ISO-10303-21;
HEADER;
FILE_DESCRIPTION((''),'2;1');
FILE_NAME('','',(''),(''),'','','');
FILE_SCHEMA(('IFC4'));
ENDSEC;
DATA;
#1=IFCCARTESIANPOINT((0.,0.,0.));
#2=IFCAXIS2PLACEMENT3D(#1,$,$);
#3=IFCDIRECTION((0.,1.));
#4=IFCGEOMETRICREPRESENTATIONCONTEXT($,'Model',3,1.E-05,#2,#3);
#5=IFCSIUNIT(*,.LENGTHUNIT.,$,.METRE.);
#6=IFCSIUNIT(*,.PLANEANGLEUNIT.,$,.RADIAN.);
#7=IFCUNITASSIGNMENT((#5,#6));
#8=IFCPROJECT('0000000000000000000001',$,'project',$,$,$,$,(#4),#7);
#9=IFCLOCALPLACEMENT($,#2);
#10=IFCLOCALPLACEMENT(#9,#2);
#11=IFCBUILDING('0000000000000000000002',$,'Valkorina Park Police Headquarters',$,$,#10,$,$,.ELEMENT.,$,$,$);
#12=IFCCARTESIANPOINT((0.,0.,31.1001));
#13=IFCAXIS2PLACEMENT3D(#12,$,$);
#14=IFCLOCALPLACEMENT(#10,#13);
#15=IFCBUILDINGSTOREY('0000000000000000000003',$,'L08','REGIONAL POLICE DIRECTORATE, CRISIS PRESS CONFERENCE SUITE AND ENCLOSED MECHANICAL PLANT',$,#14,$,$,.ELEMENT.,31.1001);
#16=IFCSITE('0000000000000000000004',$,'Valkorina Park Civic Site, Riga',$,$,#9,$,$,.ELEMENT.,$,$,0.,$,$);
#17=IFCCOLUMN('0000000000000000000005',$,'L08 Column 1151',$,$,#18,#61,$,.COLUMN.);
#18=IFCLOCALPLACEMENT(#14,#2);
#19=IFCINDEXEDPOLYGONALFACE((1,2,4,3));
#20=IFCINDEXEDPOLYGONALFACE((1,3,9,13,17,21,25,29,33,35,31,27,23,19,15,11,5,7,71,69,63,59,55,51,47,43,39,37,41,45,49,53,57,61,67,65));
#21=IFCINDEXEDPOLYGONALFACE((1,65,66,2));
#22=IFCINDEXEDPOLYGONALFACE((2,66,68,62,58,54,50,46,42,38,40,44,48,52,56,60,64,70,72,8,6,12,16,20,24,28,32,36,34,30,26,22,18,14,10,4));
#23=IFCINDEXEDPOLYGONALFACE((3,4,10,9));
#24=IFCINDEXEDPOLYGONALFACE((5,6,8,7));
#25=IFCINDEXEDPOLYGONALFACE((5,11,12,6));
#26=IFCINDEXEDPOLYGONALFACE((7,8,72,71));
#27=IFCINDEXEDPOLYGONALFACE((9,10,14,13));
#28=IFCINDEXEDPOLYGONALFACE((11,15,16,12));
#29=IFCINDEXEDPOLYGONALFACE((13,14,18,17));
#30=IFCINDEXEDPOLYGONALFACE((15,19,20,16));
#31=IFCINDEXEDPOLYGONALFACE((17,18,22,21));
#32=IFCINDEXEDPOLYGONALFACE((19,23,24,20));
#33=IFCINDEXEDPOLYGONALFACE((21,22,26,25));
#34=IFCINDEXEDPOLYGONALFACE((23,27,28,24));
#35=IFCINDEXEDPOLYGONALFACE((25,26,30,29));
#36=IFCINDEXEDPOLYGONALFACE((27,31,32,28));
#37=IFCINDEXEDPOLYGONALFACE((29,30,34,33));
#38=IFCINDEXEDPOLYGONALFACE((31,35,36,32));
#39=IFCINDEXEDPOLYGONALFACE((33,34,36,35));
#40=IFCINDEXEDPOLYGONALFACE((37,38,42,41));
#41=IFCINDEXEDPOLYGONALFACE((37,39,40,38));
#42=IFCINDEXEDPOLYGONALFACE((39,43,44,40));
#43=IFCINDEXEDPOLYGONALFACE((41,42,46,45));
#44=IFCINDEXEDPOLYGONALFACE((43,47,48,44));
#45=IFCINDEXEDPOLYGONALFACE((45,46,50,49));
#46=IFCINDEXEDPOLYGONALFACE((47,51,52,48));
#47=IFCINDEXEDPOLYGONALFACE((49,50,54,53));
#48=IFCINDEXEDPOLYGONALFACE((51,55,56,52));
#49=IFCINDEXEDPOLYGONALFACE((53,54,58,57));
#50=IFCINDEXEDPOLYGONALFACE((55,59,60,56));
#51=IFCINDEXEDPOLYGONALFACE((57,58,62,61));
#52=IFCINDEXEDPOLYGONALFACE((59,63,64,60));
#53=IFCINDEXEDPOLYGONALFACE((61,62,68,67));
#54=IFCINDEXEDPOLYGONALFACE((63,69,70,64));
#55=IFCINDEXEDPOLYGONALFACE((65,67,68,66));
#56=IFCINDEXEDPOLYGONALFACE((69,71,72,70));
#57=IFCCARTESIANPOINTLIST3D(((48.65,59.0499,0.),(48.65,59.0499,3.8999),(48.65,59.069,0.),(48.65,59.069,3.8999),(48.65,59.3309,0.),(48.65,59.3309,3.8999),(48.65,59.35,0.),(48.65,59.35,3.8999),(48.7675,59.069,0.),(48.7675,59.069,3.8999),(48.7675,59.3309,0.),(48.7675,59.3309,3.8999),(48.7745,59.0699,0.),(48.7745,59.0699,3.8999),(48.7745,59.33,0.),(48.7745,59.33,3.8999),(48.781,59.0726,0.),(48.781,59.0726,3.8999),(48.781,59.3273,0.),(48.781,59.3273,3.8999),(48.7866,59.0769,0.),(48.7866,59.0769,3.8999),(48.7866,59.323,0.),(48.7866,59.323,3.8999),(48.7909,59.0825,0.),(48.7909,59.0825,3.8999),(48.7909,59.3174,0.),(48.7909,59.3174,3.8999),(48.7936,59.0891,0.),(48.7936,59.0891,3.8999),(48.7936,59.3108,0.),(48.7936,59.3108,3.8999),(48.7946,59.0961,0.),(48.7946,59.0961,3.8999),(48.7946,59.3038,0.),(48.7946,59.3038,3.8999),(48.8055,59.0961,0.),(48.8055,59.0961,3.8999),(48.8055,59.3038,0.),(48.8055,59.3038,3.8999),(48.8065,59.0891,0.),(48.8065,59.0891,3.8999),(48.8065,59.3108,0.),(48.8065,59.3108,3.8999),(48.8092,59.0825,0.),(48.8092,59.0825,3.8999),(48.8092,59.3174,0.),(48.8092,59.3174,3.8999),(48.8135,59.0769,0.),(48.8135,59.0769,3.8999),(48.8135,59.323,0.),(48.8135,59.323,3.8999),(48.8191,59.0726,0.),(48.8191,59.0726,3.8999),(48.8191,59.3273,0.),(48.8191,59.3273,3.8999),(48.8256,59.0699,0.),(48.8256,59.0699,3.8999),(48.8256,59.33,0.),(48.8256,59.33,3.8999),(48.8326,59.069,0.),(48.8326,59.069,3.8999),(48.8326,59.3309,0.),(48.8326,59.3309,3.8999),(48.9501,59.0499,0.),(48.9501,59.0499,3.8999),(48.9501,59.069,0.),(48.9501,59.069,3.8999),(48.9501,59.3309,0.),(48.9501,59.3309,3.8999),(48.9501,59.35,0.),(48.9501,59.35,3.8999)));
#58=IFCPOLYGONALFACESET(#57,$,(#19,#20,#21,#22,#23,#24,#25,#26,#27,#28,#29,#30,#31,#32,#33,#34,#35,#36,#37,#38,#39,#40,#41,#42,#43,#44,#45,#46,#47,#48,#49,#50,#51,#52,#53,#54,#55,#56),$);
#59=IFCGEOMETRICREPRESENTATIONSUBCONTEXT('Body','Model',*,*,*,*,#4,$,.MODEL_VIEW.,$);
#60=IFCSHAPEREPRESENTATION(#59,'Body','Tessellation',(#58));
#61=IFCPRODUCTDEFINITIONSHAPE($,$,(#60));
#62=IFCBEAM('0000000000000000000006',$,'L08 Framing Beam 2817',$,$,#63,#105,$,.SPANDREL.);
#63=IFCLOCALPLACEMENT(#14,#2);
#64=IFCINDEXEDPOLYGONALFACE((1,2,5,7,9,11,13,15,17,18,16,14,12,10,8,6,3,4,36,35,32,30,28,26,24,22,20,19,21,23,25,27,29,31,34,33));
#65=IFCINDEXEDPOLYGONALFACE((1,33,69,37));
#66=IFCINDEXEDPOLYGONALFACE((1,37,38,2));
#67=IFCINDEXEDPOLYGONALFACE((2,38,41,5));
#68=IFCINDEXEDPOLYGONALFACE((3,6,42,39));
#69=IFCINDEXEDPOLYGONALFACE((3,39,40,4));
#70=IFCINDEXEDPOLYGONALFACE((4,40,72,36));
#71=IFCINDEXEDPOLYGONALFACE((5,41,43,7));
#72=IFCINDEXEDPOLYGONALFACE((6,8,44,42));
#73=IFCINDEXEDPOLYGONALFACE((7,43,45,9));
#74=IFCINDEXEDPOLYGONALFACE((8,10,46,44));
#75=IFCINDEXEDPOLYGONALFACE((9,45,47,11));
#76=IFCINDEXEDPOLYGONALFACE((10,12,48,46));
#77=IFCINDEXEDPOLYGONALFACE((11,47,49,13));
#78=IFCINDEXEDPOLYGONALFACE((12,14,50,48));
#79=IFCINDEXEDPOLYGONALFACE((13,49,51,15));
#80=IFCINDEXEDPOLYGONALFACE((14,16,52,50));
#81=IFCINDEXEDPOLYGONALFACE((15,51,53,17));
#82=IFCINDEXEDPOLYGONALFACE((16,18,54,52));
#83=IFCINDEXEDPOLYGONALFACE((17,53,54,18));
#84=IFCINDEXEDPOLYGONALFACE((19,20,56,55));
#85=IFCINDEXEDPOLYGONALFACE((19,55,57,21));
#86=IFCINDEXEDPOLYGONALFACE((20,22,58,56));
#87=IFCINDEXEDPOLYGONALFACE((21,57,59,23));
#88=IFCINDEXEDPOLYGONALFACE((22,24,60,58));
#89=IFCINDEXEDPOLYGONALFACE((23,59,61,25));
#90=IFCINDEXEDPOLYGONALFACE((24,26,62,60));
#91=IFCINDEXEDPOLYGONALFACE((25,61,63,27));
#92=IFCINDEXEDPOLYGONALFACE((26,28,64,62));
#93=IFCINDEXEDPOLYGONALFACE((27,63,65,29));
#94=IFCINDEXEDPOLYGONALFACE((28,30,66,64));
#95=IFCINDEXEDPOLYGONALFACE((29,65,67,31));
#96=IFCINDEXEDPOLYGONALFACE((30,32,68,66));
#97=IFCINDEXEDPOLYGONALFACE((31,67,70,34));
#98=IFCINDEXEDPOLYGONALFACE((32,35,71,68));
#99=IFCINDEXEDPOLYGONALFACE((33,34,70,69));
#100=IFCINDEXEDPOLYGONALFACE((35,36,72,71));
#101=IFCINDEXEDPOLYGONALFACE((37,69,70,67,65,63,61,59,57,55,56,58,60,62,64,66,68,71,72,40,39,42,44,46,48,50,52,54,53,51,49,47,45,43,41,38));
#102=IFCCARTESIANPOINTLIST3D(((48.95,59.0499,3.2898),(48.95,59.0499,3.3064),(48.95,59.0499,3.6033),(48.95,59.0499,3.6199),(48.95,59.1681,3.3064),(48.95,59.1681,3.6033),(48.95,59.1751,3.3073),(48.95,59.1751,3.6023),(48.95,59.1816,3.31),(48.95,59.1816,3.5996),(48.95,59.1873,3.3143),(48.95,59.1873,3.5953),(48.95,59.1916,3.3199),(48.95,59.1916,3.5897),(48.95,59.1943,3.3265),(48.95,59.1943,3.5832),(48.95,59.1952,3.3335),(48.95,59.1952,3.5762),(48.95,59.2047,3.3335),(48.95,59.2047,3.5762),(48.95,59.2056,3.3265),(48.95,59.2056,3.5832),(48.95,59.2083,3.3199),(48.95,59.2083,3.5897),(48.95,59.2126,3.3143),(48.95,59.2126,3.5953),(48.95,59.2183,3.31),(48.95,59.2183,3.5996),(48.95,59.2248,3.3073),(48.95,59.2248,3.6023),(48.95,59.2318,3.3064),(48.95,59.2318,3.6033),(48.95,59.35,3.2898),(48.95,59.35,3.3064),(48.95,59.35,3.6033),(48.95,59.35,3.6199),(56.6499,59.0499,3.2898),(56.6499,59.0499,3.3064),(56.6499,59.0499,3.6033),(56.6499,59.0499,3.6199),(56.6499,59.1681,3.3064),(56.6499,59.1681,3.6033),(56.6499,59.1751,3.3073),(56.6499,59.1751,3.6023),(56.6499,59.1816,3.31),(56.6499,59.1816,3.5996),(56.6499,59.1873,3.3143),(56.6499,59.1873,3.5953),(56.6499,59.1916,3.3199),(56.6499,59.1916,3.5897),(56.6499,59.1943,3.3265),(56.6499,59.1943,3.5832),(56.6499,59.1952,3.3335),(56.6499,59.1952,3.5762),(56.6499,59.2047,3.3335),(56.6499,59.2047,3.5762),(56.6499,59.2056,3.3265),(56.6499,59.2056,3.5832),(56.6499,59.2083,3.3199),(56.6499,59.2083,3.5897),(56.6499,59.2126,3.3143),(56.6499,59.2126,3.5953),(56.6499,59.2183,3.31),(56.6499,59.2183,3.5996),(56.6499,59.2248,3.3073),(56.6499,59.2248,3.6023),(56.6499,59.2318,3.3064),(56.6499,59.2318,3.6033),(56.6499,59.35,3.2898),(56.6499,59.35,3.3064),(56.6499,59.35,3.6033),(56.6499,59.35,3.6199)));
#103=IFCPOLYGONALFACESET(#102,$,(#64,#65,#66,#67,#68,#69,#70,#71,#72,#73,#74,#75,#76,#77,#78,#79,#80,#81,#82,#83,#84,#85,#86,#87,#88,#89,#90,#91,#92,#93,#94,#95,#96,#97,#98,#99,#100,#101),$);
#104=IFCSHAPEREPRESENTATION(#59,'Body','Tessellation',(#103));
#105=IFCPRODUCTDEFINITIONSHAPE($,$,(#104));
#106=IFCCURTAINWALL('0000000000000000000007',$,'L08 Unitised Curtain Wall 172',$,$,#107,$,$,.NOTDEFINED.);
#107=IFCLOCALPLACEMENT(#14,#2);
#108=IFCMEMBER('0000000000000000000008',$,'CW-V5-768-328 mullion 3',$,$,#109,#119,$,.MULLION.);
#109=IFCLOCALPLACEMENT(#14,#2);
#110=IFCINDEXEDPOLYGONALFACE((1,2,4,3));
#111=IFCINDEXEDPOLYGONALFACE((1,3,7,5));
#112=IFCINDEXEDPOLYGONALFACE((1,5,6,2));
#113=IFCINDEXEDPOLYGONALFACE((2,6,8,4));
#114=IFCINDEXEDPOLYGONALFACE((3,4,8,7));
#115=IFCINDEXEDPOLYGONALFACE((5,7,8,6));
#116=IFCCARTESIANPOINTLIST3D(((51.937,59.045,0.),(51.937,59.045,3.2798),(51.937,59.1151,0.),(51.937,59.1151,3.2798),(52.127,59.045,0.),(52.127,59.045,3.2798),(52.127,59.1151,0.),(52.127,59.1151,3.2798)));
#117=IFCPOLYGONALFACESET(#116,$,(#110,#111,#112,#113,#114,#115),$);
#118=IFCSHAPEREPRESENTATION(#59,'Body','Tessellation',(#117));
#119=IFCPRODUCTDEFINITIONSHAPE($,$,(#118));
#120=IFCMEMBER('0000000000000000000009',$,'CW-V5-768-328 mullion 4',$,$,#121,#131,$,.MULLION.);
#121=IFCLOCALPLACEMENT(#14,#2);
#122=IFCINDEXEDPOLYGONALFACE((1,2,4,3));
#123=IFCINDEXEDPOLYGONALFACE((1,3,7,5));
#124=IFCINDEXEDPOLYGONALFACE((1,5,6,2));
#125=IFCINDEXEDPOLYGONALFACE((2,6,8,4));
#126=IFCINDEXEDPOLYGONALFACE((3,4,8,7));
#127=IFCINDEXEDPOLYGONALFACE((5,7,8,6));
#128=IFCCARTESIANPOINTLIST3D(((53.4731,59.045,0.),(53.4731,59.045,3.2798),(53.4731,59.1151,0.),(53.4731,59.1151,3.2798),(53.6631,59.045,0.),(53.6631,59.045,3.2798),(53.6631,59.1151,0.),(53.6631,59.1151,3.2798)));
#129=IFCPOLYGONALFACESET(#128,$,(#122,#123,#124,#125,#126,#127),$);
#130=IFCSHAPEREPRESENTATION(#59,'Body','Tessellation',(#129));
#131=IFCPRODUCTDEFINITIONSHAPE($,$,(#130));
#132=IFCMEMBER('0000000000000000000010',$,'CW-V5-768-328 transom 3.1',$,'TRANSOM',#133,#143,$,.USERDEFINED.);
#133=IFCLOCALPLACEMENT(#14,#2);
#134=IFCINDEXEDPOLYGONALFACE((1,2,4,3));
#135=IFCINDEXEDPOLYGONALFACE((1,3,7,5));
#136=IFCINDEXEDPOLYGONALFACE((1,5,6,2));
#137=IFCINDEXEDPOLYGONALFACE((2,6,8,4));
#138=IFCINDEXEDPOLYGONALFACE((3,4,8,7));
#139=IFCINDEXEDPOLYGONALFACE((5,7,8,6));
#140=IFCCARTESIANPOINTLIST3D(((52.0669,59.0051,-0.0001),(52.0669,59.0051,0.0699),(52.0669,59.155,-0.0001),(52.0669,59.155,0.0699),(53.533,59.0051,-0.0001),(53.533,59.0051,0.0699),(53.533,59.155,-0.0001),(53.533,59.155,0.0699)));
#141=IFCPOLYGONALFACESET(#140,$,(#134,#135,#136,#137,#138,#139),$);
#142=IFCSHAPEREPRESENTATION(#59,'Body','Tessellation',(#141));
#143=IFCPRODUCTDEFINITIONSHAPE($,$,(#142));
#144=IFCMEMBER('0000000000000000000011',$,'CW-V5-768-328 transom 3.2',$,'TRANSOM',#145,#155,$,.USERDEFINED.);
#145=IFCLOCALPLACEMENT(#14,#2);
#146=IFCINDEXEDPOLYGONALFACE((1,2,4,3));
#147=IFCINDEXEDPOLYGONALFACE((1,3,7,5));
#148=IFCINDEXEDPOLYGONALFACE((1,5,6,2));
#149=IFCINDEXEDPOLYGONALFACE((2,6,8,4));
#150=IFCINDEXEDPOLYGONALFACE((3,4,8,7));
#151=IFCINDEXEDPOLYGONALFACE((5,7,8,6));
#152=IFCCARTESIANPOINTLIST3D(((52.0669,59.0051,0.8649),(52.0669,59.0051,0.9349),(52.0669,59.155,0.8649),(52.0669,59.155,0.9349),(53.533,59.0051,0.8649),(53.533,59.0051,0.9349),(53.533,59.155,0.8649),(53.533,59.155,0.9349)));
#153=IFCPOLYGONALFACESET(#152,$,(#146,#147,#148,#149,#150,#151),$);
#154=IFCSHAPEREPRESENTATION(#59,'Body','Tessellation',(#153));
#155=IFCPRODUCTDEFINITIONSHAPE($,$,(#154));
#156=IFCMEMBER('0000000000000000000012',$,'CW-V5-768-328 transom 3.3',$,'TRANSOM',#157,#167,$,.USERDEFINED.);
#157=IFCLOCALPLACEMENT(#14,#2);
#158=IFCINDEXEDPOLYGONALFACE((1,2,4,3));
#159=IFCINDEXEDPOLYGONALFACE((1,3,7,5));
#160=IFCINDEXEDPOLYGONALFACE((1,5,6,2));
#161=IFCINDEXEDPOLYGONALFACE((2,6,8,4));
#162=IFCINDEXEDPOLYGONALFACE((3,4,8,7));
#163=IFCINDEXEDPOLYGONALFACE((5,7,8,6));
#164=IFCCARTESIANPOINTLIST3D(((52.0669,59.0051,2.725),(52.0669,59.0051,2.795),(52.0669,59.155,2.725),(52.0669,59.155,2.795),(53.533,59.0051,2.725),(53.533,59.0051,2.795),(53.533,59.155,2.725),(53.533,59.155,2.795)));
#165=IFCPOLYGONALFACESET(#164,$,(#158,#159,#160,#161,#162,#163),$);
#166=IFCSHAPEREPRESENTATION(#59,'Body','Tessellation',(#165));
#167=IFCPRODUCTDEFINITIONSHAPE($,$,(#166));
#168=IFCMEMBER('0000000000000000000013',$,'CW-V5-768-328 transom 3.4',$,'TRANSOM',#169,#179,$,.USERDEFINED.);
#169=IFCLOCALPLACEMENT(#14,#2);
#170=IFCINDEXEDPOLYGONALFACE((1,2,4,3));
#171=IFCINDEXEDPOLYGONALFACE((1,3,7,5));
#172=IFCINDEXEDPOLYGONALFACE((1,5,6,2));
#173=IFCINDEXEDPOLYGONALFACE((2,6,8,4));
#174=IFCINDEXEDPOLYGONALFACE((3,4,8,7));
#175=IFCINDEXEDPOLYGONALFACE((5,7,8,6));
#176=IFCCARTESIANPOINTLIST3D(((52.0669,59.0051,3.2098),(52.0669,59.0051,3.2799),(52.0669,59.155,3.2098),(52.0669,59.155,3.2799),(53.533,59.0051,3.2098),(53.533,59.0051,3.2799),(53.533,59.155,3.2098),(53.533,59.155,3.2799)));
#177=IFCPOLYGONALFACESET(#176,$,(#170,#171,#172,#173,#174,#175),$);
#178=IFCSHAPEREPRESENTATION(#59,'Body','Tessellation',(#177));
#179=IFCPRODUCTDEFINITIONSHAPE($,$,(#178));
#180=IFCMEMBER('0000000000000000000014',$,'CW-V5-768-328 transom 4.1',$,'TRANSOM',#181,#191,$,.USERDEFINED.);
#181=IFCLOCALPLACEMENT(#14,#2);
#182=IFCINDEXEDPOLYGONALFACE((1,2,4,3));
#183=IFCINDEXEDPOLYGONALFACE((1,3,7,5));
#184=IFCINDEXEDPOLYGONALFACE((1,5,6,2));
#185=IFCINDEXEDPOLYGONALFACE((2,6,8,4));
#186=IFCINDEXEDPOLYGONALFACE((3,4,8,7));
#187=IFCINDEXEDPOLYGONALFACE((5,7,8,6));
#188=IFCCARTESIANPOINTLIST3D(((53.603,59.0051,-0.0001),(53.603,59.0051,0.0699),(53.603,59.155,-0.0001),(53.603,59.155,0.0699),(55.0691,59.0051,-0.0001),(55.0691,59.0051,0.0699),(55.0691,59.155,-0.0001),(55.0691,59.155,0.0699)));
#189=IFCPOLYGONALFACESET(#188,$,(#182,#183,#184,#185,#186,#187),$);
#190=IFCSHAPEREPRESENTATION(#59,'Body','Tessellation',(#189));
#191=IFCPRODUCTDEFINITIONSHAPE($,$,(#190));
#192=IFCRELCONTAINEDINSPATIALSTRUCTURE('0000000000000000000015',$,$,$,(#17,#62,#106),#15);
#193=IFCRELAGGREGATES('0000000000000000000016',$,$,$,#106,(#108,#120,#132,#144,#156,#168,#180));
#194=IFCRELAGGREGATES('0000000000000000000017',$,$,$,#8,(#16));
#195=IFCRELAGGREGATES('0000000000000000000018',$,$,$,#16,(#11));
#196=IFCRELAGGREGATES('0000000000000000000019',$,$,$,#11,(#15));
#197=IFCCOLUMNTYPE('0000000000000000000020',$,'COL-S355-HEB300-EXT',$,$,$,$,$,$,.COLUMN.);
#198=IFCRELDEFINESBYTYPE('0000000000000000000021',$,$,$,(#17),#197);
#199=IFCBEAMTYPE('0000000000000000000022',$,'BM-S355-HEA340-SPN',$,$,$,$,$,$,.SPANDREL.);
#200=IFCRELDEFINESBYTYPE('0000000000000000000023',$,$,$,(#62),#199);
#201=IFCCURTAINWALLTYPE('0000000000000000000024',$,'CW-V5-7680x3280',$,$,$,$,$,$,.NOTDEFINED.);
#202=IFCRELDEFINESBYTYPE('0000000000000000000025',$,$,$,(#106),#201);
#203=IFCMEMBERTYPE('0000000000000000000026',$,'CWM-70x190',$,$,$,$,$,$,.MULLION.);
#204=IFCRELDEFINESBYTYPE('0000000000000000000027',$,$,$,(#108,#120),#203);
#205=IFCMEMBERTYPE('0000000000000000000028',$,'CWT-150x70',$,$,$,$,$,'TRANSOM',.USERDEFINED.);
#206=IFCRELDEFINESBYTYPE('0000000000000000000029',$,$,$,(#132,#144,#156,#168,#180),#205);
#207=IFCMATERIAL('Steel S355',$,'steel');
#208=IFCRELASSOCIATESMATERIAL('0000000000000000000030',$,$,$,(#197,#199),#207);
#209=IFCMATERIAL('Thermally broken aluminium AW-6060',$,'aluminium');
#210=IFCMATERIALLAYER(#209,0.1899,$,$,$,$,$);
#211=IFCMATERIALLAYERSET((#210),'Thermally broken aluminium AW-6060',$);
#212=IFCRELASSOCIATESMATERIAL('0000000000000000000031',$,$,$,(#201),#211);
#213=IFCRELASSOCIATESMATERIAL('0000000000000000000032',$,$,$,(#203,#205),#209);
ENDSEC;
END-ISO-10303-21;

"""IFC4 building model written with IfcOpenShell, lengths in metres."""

from ifc_helpers import new_model, si_unit, direction, frame, origin, origin_2d, place, context, subcontext, project, spatial, rectangle, i_section, extrude, material, layer, layer_set, material_profile, profile_set, type_object, element, aggregate, save


model = new_model("IFC4")

# Units and contexts
model_context = context("Model", 3, precision=1e-05, world=origin(), true_north=direction((0.0, 1.0)))
body_context = subcontext(model_context, "Body", "Model", "MODEL_VIEW")
ifc_project = project(units=[si_unit("LENGTHUNIT", "METRE"), si_unit("PLANEANGLEUNIT", "RADIAN")], contexts=[model_context])

# Site, building, storey
site_placement = place(None, origin())
site = spatial("IfcSite", under=ifc_project, at=site_placement, Name="Valkorina Park Civic Site, Riga", CompositionType="ELEMENT", RefElevation=0.0)
building_placement = place(site_placement, origin())
building = spatial("IfcBuilding", under=site, at=building_placement, Name="Valkorina Park Police Headquarters", CompositionType="ELEMENT")
storey_placement = place(building_placement, frame((0.0, 0.0, 31.1001)))
storey = spatial("IfcBuildingStorey", under=building, at=storey_placement, Name="L08", Description="REGIONAL POLICE DIRECTORATE, CRISIS PRESS CONFERENCE SUITE AND ENCLOSED MECHANICAL PLANT", CompositionType="ELEMENT", Elevation=31.1001)

# Column
ifc_material_1 = material(Name="Steel S355", Category="steel")
ifc_material_profile_1 = material_profile(ifc_material_1, i_section(OverallWidth=0.3, OverallDepth=0.3, WebThickness=0.011, FlangeThickness=0.019, FilletRadius=0.0271, at=origin_2d()), Name="HEB 300")
ifc_profile_set_1 = profile_set([ifc_material_profile_1], Name="Steel S355")
column_type = type_object("IfcColumnType", Name="COL-S355-HEB300-EXT", PredefinedType="COLUMN", material=ifc_profile_set_1)
column_placement = place(storey_placement, frame((48.8, 59.2, 0.0), z_axis=(0.0, 0.0, 1.0), x_axis=(1.0, 0.0, 0.0)))
element("IfcColumn", 1, at=column_placement, inside=storey, type_object=column_type, Name="L08 Column 1151", PredefinedType="COLUMN", context=body_context, shape_type="SweptSolid", body=[
    extrude(i_section(OverallWidth=0.3, OverallDepth=0.3, WebThickness=0.011, FlangeThickness=0.019, FilletRadius=0.0271, at=origin_2d()), origin(), (0.0, 0.0, 1.0), 3.8999),
])

# Beam
ifc_material_profile_2 = material_profile(ifc_material_1, i_section(OverallWidth=0.3, OverallDepth=0.3301, WebThickness=0.0095, FlangeThickness=0.0166, FilletRadius=0.0271, at=origin_2d()), Name="HEA 340")
ifc_profile_set_2 = profile_set([ifc_material_profile_2], Name="Steel S355")
beam_type = type_object("IfcBeamType", Name="BM-S355-HEA340-SPN", PredefinedType="SPANDREL", material=ifc_profile_set_2)
beam_placement = place(storey_placement, frame((48.95, 59.2, 3.4548), z_axis=(1.0, 0.0, 0.0), x_axis=(0.0, 1.0, 0.0)))
element("IfcBeam", 2, at=beam_placement, inside=storey, type_object=beam_type, Name="L08 Framing Beam 2817", PredefinedType="SPANDREL", context=body_context, shape_type="SweptSolid", body=[
    extrude(i_section(OverallWidth=0.3, OverallDepth=0.3301, WebThickness=0.0095, FlangeThickness=0.0166, FilletRadius=0.0271, at=origin_2d()), origin(), (0.0, 0.0, 1.0), 7.7),
])

# Curtain wall, members
ifc_material_2 = material(Name="Thermally broken aluminium AW-6060", Category="aluminium")
ifc_layer_1 = layer(ifc_material_2, 0.1899)
ifc_layer_set_1 = layer_set([ifc_layer_1], Name="Thermally broken aluminium AW-6060")
curtain_wall_type = type_object("IfcCurtainWallType", Name="CW-V5-7680x3280", PredefinedType="NOTDEFINED", material=ifc_layer_set_1)
curtain_wall_placement = place(storey_placement, origin())
curtain_wall = element("IfcCurtainWall", 3, at=curtain_wall_placement, inside=storey, type_object=curtain_wall_type, Name="L08 Unitised Curtain Wall 172", PredefinedType="NOTDEFINED")
ifc_material_profile_3 = material_profile(ifc_material_2, rectangle(XDim=0.0701, YDim=0.1899, at=origin_2d()), Name="CWM-02 70x190")
ifc_profile_set_3 = profile_set([ifc_material_profile_3], Name="Thermally broken aluminium AW-6060")
member_type_1 = type_object("IfcMemberType", Name="CWM-70x190", PredefinedType="MULLION", material=ifc_profile_set_3)
member_1_placement = place(storey_placement, frame((52.032, 59.0801, 0.0), z_axis=(0.0, 0.0, 1.0), x_axis=(0.0, 1.0, 0.0)))
member_1 = element("IfcMember", 4, at=member_1_placement, type_object=member_type_1, Name="CW-V5-768-328 mullion 3", PredefinedType="MULLION", context=body_context, shape_type="SweptSolid", body=[
    extrude(rectangle(XDim=0.0701, YDim=0.1899, at=origin_2d()), origin(), (0.0, 0.0, 1.0), 3.2798),
])
member_2_placement = place(storey_placement, frame((53.5681, 59.0801, 0.0), z_axis=(0.0, 0.0, 1.0), x_axis=(0.0, 1.0, 0.0)))
member_2 = element("IfcMember", 5, at=member_2_placement, type_object=member_type_1, Name="CW-V5-768-328 mullion 4", PredefinedType="MULLION", context=body_context, shape_type="SweptSolid", body=[
    extrude(rectangle(XDim=0.0701, YDim=0.1899, at=origin_2d()), origin(), (0.0, 0.0, 1.0), 3.2798),
])
ifc_material_profile_4 = material_profile(ifc_material_2, rectangle(XDim=0.1499, YDim=0.0701, at=origin_2d()), Name="CWT-02 150x70")
ifc_profile_set_4 = profile_set([ifc_material_profile_4], Name="Thermally broken aluminium AW-6060")
member_type_2 = type_object("IfcMemberType", Name="CWT-150x70", ElementType="TRANSOM", PredefinedType="USERDEFINED", material=ifc_profile_set_4)
member_3_placement = place(storey_placement, frame((52.0669, 59.0801, 0.0349), z_axis=(1.0, 0.0, 0.0), x_axis=(0.0, 1.0, 0.0)))
member_3 = element("IfcMember", 6, at=member_3_placement, type_object=member_type_2, Name="CW-V5-768-328 transom 3.1", ObjectType="TRANSOM", PredefinedType="USERDEFINED", context=body_context, shape_type="SweptSolid", body=[
    extrude(rectangle(XDim=0.1499, YDim=0.0701, at=origin_2d()), origin(), (0.0, 0.0, 1.0), 1.4661),
])
member_4_placement = place(storey_placement, frame((52.0669, 59.0801, 0.8999), z_axis=(1.0, 0.0, 0.0), x_axis=(0.0, 1.0, 0.0)))
member_4 = element("IfcMember", 7, at=member_4_placement, type_object=member_type_2, Name="CW-V5-768-328 transom 3.2", ObjectType="TRANSOM", PredefinedType="USERDEFINED", context=body_context, shape_type="SweptSolid", body=[
    extrude(rectangle(XDim=0.1499, YDim=0.0701, at=origin_2d()), origin(), (0.0, 0.0, 1.0), 1.4661),
])
member_5_placement = place(storey_placement, frame((52.0669, 59.0801, 2.76), z_axis=(1.0, 0.0, 0.0), x_axis=(0.0, 1.0, 0.0)))
member_5 = element("IfcMember", 8, at=member_5_placement, type_object=member_type_2, Name="CW-V5-768-328 transom 3.3", ObjectType="TRANSOM", PredefinedType="USERDEFINED", context=body_context, shape_type="SweptSolid", body=[
    extrude(rectangle(XDim=0.1499, YDim=0.0701, at=origin_2d()), origin(), (0.0, 0.0, 1.0), 1.4661),
])
member_6_placement = place(storey_placement, frame((52.0669, 59.0801, 3.2449), z_axis=(1.0, 0.0, 0.0), x_axis=(0.0, 1.0, 0.0)))
member_6 = element("IfcMember", 9, at=member_6_placement, type_object=member_type_2, Name="CW-V5-768-328 transom 3.4", ObjectType="TRANSOM", PredefinedType="USERDEFINED", context=body_context, shape_type="SweptSolid", body=[
    extrude(rectangle(XDim=0.1499, YDim=0.0701, at=origin_2d()), origin(), (0.0, 0.0, 1.0), 1.4661),
])
member_7_placement = place(storey_placement, frame((53.603, 59.0801, 0.0349), z_axis=(1.0, 0.0, 0.0), x_axis=(0.0, 1.0, 0.0)))
member_7 = element("IfcMember", 10, at=member_7_placement, type_object=member_type_2, Name="CW-V5-768-328 transom 4.1", ObjectType="TRANSOM", PredefinedType="USERDEFINED", context=body_context, shape_type="SweptSolid", body=[
    extrude(rectangle(XDim=0.1499, YDim=0.0701, at=origin_2d()), origin(), (0.0, 0.0, 1.0), 1.4661),
])
aggregate(curtain_wall, [member_1, member_2, member_3, member_4, member_5, member_6, member_7])

save(model, "model.ifc")
